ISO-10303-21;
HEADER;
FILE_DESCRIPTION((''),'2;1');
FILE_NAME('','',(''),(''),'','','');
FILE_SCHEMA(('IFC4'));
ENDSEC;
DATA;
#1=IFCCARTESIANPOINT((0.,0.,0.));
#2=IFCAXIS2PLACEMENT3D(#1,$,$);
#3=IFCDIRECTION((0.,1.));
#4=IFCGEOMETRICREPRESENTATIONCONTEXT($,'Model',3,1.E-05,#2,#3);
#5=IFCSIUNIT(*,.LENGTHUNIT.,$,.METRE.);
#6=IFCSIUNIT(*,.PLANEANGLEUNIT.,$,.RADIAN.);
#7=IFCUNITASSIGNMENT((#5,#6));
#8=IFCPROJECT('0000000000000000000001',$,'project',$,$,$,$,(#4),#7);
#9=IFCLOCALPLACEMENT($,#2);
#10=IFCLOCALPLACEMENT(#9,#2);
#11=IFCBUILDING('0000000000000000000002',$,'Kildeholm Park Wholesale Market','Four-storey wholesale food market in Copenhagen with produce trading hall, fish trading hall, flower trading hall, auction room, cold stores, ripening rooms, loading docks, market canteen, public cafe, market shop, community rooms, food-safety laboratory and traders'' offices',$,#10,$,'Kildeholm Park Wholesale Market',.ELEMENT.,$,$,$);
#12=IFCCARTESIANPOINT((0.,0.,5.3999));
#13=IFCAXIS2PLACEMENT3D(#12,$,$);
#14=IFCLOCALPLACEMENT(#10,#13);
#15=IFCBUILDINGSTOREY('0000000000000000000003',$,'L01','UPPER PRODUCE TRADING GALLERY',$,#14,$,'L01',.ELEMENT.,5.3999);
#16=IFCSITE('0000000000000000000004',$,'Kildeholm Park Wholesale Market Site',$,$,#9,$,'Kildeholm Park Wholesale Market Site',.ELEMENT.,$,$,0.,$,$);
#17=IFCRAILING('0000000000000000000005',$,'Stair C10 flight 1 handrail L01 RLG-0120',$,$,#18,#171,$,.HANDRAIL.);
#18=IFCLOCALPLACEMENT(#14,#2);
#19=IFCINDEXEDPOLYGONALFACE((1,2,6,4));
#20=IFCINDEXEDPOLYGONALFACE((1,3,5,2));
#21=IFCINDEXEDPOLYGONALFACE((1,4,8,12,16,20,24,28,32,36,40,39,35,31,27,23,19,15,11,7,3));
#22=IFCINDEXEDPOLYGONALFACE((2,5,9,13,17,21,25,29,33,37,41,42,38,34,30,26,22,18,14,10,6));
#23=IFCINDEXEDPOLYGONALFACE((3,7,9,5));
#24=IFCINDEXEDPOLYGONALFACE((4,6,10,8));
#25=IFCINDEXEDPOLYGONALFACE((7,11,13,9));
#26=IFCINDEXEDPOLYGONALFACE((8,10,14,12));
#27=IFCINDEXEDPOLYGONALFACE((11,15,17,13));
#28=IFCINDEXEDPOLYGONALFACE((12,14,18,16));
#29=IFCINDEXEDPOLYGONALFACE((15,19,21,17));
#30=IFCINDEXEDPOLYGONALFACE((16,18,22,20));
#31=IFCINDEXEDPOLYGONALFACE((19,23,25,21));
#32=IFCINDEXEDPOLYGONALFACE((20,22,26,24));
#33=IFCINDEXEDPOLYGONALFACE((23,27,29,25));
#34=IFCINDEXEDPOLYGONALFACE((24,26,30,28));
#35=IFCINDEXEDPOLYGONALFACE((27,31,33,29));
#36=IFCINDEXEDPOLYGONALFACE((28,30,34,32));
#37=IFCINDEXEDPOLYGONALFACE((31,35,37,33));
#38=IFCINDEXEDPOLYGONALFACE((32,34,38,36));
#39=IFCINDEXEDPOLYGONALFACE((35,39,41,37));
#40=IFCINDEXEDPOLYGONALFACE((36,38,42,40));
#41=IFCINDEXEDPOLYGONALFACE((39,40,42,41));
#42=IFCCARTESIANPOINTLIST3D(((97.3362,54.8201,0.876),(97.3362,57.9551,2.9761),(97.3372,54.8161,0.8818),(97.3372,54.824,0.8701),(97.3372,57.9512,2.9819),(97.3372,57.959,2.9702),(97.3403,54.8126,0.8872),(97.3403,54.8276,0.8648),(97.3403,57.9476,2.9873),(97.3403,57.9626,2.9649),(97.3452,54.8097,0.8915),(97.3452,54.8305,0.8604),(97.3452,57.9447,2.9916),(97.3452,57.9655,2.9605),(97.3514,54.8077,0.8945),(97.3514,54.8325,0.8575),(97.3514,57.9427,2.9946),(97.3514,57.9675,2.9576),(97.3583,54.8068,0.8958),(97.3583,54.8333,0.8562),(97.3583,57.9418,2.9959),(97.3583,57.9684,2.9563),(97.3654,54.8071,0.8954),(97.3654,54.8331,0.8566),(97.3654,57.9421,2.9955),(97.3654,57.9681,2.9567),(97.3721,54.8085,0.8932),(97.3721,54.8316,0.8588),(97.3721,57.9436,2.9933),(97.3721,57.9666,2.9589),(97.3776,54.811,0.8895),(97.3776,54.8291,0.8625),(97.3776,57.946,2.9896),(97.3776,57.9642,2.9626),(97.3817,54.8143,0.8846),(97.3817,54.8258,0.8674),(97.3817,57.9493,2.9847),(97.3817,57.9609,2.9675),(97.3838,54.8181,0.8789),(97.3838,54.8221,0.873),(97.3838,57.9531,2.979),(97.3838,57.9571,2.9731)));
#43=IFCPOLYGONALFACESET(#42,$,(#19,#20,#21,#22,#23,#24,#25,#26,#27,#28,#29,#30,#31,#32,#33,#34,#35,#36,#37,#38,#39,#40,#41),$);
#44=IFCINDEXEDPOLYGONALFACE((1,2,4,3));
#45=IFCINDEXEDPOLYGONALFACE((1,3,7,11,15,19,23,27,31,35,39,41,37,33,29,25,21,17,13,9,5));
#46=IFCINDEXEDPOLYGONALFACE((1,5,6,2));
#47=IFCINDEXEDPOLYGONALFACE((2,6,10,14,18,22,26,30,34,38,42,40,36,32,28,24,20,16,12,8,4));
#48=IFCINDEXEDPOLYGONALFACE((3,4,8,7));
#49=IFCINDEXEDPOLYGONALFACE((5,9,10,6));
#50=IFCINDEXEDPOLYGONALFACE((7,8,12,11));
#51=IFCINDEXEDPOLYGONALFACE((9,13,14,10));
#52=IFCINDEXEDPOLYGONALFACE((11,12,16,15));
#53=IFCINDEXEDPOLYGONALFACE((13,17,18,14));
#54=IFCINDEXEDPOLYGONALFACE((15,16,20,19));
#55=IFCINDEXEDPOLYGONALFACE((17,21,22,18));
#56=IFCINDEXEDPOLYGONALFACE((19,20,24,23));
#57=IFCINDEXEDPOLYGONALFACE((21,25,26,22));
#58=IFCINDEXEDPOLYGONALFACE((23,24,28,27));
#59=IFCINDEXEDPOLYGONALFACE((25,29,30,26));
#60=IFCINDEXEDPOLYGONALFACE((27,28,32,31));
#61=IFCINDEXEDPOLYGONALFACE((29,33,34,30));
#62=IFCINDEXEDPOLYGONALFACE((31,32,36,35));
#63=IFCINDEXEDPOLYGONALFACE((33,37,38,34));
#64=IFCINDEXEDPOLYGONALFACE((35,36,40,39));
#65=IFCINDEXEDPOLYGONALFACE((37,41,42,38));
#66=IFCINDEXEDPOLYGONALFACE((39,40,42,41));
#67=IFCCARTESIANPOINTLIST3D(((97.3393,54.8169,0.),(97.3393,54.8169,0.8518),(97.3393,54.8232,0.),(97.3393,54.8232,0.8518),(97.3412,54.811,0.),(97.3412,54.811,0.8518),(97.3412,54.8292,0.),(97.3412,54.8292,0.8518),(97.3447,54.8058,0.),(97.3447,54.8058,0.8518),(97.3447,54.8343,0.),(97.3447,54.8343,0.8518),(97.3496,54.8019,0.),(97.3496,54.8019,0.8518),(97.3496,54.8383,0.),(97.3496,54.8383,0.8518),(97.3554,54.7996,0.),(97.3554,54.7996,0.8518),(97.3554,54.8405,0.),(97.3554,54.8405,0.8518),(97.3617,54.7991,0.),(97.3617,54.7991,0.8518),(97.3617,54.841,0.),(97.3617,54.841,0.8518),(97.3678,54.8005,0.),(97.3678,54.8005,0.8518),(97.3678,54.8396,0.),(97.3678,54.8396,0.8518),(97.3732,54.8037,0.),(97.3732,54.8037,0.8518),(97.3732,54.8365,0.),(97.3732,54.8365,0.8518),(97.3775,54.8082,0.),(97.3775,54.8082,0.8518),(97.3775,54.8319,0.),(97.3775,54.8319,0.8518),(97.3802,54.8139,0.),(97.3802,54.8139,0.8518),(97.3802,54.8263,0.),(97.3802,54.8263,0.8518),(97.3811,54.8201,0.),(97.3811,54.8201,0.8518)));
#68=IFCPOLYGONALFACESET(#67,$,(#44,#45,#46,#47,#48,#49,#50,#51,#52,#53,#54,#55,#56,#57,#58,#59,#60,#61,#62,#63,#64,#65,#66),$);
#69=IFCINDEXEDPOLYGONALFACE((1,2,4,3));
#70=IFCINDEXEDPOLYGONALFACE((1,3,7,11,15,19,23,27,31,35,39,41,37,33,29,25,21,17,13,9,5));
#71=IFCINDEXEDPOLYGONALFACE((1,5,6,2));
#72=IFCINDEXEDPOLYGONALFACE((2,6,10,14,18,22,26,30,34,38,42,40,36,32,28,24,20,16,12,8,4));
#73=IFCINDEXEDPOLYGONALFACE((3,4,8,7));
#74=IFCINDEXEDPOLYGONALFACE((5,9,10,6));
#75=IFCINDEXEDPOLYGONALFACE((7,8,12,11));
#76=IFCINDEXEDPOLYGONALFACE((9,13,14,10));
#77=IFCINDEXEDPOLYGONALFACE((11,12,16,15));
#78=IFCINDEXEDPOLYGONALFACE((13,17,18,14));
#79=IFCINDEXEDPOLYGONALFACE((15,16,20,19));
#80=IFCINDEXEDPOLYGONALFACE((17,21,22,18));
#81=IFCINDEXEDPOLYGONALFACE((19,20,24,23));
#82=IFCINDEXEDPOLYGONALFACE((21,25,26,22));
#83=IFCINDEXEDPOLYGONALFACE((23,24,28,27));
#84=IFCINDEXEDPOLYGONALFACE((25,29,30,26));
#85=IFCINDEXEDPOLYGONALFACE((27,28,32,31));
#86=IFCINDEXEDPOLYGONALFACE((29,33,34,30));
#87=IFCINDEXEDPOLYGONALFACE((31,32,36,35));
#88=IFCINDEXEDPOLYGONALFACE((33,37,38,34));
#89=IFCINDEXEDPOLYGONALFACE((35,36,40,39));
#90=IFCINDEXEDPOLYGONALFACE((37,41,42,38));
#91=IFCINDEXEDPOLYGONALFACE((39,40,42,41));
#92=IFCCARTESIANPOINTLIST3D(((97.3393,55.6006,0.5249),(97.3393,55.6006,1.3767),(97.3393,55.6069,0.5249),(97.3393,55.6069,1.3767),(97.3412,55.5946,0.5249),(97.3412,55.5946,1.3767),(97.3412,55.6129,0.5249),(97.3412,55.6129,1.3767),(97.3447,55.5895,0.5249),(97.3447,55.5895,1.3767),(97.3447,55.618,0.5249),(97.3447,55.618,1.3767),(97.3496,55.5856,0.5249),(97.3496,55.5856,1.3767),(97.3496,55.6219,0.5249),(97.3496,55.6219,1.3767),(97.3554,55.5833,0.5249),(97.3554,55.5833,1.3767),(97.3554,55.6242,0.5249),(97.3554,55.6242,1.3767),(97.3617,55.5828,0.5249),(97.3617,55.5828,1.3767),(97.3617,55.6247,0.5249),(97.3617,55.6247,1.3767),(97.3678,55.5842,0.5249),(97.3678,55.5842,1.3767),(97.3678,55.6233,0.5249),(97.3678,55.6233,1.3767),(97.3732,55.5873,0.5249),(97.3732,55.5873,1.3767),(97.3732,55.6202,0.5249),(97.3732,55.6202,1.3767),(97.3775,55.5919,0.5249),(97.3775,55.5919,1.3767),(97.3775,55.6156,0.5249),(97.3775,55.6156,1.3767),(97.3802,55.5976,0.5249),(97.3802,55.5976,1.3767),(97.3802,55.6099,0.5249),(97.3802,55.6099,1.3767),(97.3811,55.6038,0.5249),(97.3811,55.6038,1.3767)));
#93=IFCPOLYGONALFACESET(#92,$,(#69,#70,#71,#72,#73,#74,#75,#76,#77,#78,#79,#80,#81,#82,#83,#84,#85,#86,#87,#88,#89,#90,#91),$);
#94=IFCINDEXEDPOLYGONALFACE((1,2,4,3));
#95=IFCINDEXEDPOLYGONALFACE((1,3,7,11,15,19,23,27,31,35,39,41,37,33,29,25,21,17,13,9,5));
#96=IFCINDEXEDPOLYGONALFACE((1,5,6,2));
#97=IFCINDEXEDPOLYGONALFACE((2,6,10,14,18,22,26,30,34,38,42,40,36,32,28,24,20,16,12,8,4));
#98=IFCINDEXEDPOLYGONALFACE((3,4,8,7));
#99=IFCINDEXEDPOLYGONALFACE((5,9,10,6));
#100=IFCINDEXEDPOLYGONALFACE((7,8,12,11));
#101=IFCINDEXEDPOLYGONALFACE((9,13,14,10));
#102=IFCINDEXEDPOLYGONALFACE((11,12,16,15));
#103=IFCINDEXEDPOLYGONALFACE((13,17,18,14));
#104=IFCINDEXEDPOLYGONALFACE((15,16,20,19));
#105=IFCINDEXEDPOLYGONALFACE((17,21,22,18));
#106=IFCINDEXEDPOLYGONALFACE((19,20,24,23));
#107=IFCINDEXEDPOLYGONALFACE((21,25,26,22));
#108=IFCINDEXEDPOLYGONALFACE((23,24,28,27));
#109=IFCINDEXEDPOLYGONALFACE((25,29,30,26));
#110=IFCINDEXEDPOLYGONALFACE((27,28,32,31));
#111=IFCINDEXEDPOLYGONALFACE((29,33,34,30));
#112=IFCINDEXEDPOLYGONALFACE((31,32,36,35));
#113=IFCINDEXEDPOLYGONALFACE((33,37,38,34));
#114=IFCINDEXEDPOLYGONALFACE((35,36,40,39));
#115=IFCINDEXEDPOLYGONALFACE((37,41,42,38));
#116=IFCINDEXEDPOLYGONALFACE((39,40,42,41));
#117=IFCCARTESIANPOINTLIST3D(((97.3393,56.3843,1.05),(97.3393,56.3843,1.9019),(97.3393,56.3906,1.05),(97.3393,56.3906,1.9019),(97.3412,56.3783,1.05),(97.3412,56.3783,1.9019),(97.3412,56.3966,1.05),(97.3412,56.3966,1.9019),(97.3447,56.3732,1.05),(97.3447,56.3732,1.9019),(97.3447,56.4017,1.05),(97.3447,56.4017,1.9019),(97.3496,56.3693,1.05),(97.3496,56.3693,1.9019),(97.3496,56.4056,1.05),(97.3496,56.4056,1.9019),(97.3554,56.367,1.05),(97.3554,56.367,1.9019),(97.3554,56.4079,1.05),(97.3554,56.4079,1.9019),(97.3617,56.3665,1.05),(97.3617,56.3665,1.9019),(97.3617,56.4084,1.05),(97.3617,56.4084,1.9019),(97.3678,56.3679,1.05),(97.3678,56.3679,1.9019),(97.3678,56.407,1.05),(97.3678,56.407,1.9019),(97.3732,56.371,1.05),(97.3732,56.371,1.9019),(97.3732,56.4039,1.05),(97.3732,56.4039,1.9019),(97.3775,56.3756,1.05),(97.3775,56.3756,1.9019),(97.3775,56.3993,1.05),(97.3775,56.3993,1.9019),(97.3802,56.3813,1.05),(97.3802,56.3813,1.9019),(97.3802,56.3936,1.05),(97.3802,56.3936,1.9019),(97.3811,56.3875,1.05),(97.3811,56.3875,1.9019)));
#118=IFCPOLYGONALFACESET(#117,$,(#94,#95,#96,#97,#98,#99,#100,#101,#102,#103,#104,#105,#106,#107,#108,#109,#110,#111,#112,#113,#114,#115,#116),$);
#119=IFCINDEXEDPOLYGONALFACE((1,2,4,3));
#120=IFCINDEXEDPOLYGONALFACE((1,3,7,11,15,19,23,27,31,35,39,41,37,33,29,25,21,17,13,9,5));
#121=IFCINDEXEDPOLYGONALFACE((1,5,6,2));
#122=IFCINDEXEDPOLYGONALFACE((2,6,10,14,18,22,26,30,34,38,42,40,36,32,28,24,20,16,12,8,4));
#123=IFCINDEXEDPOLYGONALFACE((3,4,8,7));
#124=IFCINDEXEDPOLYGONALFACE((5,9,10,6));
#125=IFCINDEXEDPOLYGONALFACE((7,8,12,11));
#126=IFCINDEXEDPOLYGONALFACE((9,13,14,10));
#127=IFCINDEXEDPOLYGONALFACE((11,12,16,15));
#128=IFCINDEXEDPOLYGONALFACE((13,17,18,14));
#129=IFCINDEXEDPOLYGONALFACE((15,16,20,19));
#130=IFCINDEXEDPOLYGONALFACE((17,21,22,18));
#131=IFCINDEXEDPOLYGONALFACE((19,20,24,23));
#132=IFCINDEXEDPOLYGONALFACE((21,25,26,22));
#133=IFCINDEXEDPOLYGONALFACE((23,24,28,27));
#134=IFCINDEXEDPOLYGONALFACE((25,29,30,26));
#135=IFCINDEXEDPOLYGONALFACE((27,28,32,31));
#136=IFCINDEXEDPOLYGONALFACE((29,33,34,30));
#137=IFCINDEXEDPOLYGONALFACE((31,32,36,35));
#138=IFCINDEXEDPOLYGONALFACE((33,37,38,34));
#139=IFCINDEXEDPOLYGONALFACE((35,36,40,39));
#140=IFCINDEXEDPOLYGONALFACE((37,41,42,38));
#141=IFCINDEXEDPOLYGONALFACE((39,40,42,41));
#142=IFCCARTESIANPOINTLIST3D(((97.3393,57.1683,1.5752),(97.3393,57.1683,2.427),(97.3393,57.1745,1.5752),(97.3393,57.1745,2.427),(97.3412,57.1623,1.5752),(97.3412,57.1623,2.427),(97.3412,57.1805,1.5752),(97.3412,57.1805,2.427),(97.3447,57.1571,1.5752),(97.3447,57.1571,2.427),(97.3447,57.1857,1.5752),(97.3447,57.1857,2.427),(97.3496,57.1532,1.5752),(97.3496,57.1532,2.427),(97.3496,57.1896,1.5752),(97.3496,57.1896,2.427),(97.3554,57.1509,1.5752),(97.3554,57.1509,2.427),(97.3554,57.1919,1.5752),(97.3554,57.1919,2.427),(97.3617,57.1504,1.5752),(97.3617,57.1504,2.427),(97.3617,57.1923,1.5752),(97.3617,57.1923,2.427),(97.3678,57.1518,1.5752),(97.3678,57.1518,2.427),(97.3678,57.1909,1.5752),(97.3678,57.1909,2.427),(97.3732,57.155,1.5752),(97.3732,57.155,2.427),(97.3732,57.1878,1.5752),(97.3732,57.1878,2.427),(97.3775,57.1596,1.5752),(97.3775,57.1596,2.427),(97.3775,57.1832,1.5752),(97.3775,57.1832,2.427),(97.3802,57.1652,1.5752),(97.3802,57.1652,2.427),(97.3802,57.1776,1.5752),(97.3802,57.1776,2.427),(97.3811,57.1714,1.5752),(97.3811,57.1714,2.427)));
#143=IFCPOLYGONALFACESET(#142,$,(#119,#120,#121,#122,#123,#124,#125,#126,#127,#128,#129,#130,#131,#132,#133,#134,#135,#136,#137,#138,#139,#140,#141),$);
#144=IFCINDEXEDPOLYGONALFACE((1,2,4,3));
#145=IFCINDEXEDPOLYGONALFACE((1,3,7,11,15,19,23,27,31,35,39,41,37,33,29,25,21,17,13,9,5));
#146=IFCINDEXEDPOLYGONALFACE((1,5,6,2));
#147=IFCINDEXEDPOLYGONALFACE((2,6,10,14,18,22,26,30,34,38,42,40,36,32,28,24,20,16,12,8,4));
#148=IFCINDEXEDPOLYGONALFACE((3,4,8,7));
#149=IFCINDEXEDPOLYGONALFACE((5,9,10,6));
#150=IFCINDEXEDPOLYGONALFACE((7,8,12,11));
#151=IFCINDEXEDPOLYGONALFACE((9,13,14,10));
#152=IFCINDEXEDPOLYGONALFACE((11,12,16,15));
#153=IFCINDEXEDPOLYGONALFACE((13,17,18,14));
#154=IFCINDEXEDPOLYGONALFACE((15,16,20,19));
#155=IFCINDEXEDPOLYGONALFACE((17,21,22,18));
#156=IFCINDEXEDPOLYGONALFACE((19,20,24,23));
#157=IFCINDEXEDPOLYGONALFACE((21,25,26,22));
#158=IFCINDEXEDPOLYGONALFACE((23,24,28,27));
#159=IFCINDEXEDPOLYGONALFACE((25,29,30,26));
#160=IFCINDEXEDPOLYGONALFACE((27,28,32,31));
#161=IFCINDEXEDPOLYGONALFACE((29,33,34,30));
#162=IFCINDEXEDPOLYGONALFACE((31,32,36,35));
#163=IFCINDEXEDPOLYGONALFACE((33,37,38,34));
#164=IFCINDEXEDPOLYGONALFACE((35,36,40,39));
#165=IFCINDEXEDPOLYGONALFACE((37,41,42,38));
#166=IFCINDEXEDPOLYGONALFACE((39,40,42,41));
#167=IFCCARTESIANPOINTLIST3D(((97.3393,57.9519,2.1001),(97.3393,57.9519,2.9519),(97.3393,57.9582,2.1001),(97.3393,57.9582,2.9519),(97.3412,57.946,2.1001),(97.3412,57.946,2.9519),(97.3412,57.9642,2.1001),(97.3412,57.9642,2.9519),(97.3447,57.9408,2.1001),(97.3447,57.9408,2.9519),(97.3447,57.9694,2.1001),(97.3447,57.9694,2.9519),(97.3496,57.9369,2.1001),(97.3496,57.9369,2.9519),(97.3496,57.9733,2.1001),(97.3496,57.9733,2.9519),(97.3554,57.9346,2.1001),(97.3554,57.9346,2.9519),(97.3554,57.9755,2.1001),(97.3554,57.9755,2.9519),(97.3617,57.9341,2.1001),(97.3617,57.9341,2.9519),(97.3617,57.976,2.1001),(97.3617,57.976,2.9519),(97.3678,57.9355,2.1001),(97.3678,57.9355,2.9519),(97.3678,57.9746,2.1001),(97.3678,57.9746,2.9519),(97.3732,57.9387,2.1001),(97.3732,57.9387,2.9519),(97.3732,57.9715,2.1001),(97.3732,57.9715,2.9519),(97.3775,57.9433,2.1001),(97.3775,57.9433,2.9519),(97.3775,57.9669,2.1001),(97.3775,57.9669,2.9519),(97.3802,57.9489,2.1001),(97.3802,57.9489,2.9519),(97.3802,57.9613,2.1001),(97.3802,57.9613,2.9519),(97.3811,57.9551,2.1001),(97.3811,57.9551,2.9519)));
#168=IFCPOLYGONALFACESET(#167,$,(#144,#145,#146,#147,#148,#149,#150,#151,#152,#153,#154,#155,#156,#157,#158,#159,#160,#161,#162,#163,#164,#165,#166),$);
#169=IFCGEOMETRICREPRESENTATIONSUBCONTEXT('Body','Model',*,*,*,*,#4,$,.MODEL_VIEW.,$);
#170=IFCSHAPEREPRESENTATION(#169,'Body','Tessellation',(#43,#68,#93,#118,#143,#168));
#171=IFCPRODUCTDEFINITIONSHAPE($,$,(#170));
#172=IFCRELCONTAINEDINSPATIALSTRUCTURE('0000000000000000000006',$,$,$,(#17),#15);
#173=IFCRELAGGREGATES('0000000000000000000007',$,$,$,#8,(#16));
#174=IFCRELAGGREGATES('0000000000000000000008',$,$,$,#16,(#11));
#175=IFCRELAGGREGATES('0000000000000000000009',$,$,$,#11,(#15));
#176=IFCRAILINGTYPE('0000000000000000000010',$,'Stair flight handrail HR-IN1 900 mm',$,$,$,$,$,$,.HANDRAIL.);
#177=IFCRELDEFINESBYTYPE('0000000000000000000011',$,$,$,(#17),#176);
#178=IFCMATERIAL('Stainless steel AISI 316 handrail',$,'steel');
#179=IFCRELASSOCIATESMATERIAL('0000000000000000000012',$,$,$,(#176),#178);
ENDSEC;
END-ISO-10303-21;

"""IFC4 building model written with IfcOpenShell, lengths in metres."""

from ifc_helpers import new_model, si_unit, direction, frame, origin, origin_2d, place, context, subcontext, project, spatial, circle, extrude, material, type_object, element, save


model = new_model("IFC4")

# Units and contexts
model_context = context("Model", 3, precision=1e-05, world=origin(), true_north=direction((0.0, 1.0)))
body_context = subcontext(model_context, "Body", "Model", "MODEL_VIEW")
ifc_project = project(units=[si_unit("LENGTHUNIT", "METRE"), si_unit("PLANEANGLEUNIT", "RADIAN")], contexts=[model_context])

# Site, building, storey
site_placement = place(None, origin())
site = spatial("IfcSite", under=ifc_project, at=site_placement, Name="Kildeholm Park Wholesale Market Site", LongName="Kildeholm Park Wholesale Market Site", CompositionType="ELEMENT", RefElevation=0.0)
building_placement = place(site_placement, origin())
building = spatial("IfcBuilding", under=site, at=building_placement, Name="Kildeholm Park Wholesale Market", Description="Four-storey wholesale food market in Copenhagen with produce trading hall, fish trading hall, flower trading hall, auction room, cold stores, ripening rooms, loading docks, market canteen, public cafe, market shop, community rooms, food-safety laboratory and traders' offices", LongName="Kildeholm Park Wholesale Market", CompositionType="ELEMENT")
storey_placement = place(building_placement, frame((0.0, 0.0, 5.3999)))
storey = spatial("IfcBuildingStorey", under=building, at=storey_placement, Name="L01", Description="UPPER PRODUCE TRADING GALLERY", LongName="L01", CompositionType="ELEMENT", Elevation=5.3999)

# Railing
ifc_material_1 = material(Name="Stainless steel AISI 316 handrail", Category="steel")
railing_type_1 = type_object("IfcRailingType", Name="Stair flight handrail HR-IN1 900 mm", PredefinedType="HANDRAIL", material=ifc_material_1)
railing_1_placement = place(storey_placement, frame((97.3601, 54.8201, 0.0)))
element("IfcRailing", 1, at=railing_1_placement, inside=storey, type_object=railing_type_1, Name="Stair C10 flight 1 handrail L01 RLG-0120", PredefinedType="HANDRAIL", context=body_context, shape_type="SweptSolid", body=[
    extrude(circle(Radius=0.0239, at=origin_2d()), frame((0.0, 0.0, 0.876), z_axis=(0.0, 0.830814, 0.55655), x_axis=(-1.0, 0.0, 0.0)), (0.0, 0.0, 1.0), 3.7734),
    extrude(circle(Radius=0.021, at=origin_2d()), origin(), (0.0, 0.0, 1.0), 0.8518),
    extrude(circle(Radius=0.021, at=origin_2d()), frame((0.0, 0.7837, 0.5249)), (0.0, 0.0, 1.0), 0.8518),
    extrude(circle(Radius=0.021, at=origin_2d()), frame((0.0, 1.5674, 1.05)), (0.0, 0.0, 1.0), 0.8518),
    extrude(circle(Radius=0.021, at=origin_2d()), frame((0.0, 2.3513, 1.5752)), (0.0, 0.0, 1.0), 0.8518),
    extrude(circle(Radius=0.021, at=origin_2d()), frame((0.0, 3.135, 2.1001)), (0.0, 0.0, 1.0), 0.8518),
])

save(model, "model.ifc")
